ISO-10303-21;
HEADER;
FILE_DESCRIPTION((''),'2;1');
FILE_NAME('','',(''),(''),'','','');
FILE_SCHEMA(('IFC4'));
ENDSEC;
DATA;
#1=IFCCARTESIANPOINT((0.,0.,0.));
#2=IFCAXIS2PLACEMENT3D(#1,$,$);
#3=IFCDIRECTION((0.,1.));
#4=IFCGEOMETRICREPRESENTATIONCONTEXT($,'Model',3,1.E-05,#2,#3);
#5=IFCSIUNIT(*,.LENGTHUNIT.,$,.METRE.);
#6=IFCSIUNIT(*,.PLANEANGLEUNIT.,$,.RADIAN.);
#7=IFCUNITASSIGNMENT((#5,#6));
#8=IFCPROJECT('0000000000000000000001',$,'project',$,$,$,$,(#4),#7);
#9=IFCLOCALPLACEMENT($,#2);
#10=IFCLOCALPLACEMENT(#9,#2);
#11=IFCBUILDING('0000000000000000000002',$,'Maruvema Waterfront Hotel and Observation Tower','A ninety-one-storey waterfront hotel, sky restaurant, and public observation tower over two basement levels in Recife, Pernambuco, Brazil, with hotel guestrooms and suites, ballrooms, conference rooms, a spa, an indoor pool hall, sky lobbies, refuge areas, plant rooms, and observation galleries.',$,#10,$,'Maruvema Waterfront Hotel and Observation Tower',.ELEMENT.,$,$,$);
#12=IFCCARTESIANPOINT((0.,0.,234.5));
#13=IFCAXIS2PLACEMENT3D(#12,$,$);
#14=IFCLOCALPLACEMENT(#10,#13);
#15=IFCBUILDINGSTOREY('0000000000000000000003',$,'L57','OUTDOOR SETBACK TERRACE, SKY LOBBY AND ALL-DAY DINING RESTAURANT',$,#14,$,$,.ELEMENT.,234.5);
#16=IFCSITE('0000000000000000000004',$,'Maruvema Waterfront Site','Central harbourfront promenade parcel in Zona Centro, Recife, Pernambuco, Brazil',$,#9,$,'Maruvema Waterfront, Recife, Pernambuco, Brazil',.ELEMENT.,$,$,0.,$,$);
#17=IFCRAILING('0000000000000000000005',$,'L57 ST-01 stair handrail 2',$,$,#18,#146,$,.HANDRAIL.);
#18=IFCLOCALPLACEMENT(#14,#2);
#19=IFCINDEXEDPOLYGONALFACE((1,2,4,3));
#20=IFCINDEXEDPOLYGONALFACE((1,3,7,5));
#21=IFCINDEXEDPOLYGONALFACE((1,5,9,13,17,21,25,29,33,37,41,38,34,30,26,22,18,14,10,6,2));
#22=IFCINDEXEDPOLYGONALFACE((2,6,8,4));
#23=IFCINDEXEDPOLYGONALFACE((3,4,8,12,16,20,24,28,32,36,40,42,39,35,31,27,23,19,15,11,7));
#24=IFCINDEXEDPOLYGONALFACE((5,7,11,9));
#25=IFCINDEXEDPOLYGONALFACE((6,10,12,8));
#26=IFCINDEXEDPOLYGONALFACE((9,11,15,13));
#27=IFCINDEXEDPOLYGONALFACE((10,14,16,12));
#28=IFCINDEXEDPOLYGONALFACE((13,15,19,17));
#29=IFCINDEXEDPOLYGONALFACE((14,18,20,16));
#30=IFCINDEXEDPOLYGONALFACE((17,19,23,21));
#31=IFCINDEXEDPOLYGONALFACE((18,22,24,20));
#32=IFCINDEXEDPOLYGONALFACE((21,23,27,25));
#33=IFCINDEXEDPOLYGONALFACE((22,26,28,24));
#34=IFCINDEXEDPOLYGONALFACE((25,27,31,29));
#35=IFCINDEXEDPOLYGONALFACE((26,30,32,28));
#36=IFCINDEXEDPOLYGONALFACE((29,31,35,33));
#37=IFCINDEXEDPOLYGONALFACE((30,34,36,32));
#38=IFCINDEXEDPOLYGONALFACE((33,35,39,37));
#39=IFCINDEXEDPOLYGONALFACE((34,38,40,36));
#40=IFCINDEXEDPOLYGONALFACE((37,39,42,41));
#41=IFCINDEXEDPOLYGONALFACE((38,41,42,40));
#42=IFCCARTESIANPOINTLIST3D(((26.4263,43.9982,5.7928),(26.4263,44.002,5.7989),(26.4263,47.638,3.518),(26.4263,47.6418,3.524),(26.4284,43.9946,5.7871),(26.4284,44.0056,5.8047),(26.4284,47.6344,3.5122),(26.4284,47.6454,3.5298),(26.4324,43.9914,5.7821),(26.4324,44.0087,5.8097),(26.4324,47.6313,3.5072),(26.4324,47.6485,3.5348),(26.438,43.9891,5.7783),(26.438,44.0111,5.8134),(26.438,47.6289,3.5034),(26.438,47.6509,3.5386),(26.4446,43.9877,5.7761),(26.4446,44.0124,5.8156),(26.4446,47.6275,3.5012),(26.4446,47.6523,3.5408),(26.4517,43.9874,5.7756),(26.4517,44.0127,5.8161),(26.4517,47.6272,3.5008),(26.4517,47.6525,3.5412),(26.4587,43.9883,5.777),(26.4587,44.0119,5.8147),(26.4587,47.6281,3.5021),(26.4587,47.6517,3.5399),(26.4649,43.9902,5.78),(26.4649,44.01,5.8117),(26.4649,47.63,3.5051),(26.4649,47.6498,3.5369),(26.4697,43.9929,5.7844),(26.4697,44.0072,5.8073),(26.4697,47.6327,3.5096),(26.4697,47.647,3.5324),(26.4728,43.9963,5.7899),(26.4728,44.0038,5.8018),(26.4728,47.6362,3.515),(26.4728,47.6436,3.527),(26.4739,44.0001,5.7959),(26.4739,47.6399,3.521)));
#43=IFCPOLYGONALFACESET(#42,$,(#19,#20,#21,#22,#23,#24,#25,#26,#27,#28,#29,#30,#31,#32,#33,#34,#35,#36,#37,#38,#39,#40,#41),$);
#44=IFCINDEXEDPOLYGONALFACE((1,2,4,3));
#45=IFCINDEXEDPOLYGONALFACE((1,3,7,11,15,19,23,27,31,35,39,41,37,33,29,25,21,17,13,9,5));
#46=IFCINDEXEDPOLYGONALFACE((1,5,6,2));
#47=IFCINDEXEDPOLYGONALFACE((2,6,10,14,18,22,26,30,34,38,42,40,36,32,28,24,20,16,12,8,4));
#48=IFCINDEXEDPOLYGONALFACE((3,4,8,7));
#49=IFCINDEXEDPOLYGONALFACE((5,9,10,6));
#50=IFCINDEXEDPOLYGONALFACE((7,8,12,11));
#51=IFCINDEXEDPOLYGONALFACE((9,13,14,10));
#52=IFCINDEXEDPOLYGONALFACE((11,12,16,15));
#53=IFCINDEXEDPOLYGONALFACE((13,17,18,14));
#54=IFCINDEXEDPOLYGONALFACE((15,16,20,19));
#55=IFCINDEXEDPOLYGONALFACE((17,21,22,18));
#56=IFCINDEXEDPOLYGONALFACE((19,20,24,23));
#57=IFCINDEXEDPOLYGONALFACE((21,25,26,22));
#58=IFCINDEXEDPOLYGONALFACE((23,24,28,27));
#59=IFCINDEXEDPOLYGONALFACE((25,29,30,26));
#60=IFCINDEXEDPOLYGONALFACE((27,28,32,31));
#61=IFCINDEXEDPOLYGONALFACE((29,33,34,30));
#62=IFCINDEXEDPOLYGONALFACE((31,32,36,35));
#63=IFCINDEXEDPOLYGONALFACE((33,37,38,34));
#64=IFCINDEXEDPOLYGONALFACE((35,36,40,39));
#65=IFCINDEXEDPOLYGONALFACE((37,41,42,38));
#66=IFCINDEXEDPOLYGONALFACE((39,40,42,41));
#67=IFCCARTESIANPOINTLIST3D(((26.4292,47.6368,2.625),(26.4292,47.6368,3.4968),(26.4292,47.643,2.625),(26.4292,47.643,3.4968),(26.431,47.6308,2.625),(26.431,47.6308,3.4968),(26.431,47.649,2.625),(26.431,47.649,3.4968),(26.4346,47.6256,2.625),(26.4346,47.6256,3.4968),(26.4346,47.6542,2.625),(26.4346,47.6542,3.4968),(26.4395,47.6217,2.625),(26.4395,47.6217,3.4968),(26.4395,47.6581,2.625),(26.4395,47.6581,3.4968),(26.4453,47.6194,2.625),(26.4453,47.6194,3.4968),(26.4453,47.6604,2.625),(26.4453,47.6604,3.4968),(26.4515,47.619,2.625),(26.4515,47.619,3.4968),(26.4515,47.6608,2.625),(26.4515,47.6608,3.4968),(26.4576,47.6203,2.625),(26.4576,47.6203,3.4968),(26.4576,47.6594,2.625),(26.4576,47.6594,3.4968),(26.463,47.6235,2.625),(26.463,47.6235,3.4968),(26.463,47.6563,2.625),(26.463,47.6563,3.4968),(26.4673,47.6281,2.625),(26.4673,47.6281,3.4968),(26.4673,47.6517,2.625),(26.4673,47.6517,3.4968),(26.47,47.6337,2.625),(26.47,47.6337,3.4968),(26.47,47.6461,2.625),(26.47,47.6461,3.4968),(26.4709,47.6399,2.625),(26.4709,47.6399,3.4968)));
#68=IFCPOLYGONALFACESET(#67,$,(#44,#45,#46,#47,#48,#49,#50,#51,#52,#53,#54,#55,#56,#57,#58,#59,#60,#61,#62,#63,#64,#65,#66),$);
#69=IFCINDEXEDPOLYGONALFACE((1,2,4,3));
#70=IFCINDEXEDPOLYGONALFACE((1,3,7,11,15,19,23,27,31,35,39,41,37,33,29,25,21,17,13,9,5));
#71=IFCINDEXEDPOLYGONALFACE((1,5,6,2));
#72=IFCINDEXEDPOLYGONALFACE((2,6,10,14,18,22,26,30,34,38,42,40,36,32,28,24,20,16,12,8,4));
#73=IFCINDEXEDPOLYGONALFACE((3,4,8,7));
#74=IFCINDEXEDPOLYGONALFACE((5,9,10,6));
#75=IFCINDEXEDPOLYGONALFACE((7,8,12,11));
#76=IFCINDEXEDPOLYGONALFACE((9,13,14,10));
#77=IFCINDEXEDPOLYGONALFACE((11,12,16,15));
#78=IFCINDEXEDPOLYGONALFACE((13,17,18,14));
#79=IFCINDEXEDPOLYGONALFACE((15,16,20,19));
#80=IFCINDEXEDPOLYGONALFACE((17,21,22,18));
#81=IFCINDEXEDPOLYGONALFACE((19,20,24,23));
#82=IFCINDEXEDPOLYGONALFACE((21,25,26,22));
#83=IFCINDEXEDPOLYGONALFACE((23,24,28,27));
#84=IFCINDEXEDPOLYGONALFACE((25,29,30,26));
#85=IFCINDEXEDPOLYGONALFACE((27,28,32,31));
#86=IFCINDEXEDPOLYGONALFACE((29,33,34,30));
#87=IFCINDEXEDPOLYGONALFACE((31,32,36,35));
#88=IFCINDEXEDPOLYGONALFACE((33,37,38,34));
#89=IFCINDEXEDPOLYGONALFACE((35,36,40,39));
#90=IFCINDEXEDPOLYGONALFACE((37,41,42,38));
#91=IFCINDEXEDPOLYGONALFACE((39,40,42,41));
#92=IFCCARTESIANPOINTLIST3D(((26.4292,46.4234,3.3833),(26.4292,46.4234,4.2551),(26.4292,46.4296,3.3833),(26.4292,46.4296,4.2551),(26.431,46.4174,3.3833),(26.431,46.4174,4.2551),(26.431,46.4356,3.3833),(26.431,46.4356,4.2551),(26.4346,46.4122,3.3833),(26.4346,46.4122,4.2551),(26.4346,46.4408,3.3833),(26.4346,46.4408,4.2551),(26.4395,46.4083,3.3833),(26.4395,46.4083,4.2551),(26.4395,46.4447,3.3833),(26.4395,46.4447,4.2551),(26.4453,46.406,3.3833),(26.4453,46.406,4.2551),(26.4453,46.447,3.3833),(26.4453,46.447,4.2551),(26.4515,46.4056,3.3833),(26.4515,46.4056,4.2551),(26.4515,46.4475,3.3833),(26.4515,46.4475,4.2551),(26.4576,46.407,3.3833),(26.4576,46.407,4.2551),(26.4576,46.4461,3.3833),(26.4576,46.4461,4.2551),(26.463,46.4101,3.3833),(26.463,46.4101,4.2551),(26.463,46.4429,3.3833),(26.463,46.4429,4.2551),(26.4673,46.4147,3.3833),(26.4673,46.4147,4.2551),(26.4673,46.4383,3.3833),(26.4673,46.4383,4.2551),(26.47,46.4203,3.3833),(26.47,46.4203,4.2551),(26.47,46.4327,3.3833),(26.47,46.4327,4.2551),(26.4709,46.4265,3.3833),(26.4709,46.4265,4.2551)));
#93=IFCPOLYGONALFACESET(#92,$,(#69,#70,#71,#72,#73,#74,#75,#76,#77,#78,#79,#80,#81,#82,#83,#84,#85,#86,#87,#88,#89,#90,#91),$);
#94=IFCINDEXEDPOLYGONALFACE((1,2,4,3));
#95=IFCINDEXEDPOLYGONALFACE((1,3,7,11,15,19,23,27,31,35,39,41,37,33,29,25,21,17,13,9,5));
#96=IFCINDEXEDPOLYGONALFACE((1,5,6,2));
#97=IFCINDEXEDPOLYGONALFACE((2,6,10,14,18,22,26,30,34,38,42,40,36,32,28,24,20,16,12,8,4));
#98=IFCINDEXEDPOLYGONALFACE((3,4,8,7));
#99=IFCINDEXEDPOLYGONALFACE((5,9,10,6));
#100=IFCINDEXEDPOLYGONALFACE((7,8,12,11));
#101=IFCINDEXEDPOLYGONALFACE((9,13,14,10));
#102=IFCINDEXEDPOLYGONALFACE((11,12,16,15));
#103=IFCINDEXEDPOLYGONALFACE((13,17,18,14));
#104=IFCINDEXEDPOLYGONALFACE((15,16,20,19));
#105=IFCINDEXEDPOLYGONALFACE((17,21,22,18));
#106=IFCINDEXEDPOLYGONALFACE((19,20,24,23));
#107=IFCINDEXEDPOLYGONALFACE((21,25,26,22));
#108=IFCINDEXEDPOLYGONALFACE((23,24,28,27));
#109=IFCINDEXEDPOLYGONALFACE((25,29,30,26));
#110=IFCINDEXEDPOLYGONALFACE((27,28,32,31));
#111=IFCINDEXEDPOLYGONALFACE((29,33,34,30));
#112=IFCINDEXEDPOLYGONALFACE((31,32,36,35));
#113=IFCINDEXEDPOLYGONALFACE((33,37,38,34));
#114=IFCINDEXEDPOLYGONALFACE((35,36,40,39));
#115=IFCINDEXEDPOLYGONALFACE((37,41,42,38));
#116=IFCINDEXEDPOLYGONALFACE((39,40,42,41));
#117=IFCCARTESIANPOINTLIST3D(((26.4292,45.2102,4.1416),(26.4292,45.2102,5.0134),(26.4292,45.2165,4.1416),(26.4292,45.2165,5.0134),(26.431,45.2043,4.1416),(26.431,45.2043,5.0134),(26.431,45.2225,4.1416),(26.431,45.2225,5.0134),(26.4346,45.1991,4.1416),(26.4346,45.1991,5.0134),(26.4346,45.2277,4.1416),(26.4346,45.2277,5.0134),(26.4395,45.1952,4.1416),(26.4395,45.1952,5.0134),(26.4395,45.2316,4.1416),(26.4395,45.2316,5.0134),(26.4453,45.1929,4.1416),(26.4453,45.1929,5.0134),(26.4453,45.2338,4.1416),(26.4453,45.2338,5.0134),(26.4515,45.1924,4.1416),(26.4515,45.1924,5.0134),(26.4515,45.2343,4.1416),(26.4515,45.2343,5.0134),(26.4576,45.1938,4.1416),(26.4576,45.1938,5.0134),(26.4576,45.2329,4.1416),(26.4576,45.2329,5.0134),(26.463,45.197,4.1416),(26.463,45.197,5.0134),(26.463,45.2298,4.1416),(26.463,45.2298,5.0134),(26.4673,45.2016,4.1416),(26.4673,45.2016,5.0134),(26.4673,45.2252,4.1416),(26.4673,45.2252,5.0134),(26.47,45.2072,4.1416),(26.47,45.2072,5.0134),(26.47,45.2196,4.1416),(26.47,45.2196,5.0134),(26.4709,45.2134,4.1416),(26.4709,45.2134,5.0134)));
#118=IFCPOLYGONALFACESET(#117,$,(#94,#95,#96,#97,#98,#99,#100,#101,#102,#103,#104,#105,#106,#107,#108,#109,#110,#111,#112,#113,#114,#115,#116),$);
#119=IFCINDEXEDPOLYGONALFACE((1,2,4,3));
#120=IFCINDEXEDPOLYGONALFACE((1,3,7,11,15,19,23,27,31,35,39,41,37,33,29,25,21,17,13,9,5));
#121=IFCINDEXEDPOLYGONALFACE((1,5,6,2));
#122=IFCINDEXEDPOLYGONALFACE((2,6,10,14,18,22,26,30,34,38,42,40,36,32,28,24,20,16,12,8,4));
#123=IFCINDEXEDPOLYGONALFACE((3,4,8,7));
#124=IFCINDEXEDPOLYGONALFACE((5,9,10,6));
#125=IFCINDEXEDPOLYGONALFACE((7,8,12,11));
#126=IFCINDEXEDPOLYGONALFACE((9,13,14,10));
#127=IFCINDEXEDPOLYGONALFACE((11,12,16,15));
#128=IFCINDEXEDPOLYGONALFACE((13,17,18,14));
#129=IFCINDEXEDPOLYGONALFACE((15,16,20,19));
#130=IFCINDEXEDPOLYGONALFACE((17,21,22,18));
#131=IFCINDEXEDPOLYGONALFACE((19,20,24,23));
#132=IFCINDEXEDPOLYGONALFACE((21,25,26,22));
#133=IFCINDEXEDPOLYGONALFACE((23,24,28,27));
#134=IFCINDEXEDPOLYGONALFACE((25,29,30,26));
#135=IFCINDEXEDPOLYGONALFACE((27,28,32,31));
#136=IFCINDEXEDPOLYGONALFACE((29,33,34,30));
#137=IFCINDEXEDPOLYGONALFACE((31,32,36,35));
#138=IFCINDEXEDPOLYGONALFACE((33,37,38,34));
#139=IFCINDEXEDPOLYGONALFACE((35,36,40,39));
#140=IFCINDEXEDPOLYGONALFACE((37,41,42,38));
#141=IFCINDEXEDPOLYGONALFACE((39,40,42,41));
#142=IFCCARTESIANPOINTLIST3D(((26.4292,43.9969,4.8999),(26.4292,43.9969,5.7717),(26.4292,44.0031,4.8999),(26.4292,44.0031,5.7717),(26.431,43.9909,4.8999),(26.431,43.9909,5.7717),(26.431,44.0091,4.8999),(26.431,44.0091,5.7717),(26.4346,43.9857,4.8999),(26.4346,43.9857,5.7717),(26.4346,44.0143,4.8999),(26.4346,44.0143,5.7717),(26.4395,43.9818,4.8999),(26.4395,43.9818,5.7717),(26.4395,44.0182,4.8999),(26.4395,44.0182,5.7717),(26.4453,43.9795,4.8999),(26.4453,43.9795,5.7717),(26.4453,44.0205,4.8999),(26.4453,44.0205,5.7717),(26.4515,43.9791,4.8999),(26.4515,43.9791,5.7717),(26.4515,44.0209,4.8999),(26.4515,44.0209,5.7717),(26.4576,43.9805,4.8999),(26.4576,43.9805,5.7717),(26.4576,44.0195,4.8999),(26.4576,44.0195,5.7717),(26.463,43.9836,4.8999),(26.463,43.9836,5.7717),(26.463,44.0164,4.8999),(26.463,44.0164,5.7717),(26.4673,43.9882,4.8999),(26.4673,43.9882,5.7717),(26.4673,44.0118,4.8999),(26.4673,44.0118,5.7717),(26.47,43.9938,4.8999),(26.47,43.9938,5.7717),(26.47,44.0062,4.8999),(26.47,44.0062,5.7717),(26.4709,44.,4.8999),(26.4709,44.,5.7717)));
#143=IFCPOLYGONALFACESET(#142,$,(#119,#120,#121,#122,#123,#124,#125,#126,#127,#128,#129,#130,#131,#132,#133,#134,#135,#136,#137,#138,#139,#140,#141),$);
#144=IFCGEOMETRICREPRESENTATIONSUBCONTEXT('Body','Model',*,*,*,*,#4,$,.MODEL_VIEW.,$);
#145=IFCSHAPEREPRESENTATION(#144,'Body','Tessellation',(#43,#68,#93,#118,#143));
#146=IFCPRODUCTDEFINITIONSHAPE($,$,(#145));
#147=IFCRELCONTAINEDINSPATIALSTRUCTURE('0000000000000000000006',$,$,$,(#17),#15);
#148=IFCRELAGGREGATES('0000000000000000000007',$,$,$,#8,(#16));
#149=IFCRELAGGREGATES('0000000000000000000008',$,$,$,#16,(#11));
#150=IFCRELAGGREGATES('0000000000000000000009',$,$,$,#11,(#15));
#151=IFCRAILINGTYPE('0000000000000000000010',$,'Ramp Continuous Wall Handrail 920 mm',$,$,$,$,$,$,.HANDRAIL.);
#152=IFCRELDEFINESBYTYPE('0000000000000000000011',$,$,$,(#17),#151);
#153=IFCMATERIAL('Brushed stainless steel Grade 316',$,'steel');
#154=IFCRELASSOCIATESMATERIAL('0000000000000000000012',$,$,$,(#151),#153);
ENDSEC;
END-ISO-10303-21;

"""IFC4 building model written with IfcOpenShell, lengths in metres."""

from ifc_helpers import new_model, si_unit, direction, frame, origin, origin_2d, place, context, subcontext, project, spatial, circle, extrude, material, type_object, element, save


model = new_model("IFC4")

# Units and contexts
model_context = context("Model", 3, precision=1e-05, world=origin(), true_north=direction((0.0, 1.0)))
body_context = subcontext(model_context, "Body", "Model", "MODEL_VIEW")
ifc_project = project(units=[si_unit("LENGTHUNIT", "METRE"), si_unit("PLANEANGLEUNIT", "RADIAN")], contexts=[model_context])

# Site, building, storey
site_placement = place(None, origin())
site = spatial("IfcSite", under=ifc_project, at=site_placement, Name="Maruvema Waterfront Site", Description="Central harbourfront promenade parcel in Zona Centro, Recife, Pernambuco, Brazil", LongName="Maruvema Waterfront, Recife, Pernambuco, Brazil", CompositionType="ELEMENT", RefElevation=0.0)
building_placement = place(site_placement, origin())
building = spatial("IfcBuilding", under=site, at=building_placement, Name="Maruvema Waterfront Hotel and Observation Tower", Description="A ninety-one-storey waterfront hotel, sky restaurant, and public observation tower over two basement levels in Recife, Pernambuco, Brazil, with hotel guestrooms and suites, ballrooms, conference rooms, a spa, an indoor pool hall, sky lobbies, refuge areas, plant rooms, and observation galleries.", LongName="Maruvema Waterfront Hotel and Observation Tower", CompositionType="ELEMENT")
storey_placement = place(building_placement, frame((0.0, 0.0, 234.5)))
storey = spatial("IfcBuildingStorey", under=building, at=storey_placement, Name="L57", Description="OUTDOOR SETBACK TERRACE, SKY LOBBY AND ALL-DAY DINING RESTAURANT", CompositionType="ELEMENT", Elevation=234.5)

# Railing
ifc_material_1 = material(Name="Brushed stainless steel Grade 316", Category="steel")
railing_type_1 = type_object("IfcRailingType", Name="Ramp Continuous Wall Handrail 920 mm", PredefinedType="HANDRAIL", material=ifc_material_1)
railing_1_placement = place(storey_placement, frame((26.45, 47.6399, 2.625)))
element("IfcRailing", 1, at=railing_1_placement, inside=storey, type_object=railing_type_1, Name="L57 ST-01 stair handrail 2", PredefinedType="HANDRAIL", context=body_context, shape_type="SweptSolid", body=[
    extrude(circle(Radius=0.0239, at=origin_2d()), frame((0.0, 0.0, 0.896), z_axis=(0.0, -0.848001, 0.529994), x_axis=(1.0, 0.0, 0.0)), (0.0, 0.0, 1.0), 4.2922),
    extrude(circle(Radius=0.021, at=origin_2d()), origin(), (0.0, 0.0, 1.0), 0.8718),
    extrude(circle(Radius=0.021, at=origin_2d()), frame((0.0, -1.2134, 0.7583)), (0.0, 0.0, 1.0), 0.8718),
    extrude(circle(Radius=0.021, at=origin_2d()), frame((0.0, -2.4265, 1.5166)), (0.0, 0.0, 1.0), 0.8718),
    extrude(circle(Radius=0.021, at=origin_2d()), frame((0.0, -3.6399, 2.2749)), (0.0, 0.0, 1.0), 0.8718),
])

save(model, "model.ifc")
